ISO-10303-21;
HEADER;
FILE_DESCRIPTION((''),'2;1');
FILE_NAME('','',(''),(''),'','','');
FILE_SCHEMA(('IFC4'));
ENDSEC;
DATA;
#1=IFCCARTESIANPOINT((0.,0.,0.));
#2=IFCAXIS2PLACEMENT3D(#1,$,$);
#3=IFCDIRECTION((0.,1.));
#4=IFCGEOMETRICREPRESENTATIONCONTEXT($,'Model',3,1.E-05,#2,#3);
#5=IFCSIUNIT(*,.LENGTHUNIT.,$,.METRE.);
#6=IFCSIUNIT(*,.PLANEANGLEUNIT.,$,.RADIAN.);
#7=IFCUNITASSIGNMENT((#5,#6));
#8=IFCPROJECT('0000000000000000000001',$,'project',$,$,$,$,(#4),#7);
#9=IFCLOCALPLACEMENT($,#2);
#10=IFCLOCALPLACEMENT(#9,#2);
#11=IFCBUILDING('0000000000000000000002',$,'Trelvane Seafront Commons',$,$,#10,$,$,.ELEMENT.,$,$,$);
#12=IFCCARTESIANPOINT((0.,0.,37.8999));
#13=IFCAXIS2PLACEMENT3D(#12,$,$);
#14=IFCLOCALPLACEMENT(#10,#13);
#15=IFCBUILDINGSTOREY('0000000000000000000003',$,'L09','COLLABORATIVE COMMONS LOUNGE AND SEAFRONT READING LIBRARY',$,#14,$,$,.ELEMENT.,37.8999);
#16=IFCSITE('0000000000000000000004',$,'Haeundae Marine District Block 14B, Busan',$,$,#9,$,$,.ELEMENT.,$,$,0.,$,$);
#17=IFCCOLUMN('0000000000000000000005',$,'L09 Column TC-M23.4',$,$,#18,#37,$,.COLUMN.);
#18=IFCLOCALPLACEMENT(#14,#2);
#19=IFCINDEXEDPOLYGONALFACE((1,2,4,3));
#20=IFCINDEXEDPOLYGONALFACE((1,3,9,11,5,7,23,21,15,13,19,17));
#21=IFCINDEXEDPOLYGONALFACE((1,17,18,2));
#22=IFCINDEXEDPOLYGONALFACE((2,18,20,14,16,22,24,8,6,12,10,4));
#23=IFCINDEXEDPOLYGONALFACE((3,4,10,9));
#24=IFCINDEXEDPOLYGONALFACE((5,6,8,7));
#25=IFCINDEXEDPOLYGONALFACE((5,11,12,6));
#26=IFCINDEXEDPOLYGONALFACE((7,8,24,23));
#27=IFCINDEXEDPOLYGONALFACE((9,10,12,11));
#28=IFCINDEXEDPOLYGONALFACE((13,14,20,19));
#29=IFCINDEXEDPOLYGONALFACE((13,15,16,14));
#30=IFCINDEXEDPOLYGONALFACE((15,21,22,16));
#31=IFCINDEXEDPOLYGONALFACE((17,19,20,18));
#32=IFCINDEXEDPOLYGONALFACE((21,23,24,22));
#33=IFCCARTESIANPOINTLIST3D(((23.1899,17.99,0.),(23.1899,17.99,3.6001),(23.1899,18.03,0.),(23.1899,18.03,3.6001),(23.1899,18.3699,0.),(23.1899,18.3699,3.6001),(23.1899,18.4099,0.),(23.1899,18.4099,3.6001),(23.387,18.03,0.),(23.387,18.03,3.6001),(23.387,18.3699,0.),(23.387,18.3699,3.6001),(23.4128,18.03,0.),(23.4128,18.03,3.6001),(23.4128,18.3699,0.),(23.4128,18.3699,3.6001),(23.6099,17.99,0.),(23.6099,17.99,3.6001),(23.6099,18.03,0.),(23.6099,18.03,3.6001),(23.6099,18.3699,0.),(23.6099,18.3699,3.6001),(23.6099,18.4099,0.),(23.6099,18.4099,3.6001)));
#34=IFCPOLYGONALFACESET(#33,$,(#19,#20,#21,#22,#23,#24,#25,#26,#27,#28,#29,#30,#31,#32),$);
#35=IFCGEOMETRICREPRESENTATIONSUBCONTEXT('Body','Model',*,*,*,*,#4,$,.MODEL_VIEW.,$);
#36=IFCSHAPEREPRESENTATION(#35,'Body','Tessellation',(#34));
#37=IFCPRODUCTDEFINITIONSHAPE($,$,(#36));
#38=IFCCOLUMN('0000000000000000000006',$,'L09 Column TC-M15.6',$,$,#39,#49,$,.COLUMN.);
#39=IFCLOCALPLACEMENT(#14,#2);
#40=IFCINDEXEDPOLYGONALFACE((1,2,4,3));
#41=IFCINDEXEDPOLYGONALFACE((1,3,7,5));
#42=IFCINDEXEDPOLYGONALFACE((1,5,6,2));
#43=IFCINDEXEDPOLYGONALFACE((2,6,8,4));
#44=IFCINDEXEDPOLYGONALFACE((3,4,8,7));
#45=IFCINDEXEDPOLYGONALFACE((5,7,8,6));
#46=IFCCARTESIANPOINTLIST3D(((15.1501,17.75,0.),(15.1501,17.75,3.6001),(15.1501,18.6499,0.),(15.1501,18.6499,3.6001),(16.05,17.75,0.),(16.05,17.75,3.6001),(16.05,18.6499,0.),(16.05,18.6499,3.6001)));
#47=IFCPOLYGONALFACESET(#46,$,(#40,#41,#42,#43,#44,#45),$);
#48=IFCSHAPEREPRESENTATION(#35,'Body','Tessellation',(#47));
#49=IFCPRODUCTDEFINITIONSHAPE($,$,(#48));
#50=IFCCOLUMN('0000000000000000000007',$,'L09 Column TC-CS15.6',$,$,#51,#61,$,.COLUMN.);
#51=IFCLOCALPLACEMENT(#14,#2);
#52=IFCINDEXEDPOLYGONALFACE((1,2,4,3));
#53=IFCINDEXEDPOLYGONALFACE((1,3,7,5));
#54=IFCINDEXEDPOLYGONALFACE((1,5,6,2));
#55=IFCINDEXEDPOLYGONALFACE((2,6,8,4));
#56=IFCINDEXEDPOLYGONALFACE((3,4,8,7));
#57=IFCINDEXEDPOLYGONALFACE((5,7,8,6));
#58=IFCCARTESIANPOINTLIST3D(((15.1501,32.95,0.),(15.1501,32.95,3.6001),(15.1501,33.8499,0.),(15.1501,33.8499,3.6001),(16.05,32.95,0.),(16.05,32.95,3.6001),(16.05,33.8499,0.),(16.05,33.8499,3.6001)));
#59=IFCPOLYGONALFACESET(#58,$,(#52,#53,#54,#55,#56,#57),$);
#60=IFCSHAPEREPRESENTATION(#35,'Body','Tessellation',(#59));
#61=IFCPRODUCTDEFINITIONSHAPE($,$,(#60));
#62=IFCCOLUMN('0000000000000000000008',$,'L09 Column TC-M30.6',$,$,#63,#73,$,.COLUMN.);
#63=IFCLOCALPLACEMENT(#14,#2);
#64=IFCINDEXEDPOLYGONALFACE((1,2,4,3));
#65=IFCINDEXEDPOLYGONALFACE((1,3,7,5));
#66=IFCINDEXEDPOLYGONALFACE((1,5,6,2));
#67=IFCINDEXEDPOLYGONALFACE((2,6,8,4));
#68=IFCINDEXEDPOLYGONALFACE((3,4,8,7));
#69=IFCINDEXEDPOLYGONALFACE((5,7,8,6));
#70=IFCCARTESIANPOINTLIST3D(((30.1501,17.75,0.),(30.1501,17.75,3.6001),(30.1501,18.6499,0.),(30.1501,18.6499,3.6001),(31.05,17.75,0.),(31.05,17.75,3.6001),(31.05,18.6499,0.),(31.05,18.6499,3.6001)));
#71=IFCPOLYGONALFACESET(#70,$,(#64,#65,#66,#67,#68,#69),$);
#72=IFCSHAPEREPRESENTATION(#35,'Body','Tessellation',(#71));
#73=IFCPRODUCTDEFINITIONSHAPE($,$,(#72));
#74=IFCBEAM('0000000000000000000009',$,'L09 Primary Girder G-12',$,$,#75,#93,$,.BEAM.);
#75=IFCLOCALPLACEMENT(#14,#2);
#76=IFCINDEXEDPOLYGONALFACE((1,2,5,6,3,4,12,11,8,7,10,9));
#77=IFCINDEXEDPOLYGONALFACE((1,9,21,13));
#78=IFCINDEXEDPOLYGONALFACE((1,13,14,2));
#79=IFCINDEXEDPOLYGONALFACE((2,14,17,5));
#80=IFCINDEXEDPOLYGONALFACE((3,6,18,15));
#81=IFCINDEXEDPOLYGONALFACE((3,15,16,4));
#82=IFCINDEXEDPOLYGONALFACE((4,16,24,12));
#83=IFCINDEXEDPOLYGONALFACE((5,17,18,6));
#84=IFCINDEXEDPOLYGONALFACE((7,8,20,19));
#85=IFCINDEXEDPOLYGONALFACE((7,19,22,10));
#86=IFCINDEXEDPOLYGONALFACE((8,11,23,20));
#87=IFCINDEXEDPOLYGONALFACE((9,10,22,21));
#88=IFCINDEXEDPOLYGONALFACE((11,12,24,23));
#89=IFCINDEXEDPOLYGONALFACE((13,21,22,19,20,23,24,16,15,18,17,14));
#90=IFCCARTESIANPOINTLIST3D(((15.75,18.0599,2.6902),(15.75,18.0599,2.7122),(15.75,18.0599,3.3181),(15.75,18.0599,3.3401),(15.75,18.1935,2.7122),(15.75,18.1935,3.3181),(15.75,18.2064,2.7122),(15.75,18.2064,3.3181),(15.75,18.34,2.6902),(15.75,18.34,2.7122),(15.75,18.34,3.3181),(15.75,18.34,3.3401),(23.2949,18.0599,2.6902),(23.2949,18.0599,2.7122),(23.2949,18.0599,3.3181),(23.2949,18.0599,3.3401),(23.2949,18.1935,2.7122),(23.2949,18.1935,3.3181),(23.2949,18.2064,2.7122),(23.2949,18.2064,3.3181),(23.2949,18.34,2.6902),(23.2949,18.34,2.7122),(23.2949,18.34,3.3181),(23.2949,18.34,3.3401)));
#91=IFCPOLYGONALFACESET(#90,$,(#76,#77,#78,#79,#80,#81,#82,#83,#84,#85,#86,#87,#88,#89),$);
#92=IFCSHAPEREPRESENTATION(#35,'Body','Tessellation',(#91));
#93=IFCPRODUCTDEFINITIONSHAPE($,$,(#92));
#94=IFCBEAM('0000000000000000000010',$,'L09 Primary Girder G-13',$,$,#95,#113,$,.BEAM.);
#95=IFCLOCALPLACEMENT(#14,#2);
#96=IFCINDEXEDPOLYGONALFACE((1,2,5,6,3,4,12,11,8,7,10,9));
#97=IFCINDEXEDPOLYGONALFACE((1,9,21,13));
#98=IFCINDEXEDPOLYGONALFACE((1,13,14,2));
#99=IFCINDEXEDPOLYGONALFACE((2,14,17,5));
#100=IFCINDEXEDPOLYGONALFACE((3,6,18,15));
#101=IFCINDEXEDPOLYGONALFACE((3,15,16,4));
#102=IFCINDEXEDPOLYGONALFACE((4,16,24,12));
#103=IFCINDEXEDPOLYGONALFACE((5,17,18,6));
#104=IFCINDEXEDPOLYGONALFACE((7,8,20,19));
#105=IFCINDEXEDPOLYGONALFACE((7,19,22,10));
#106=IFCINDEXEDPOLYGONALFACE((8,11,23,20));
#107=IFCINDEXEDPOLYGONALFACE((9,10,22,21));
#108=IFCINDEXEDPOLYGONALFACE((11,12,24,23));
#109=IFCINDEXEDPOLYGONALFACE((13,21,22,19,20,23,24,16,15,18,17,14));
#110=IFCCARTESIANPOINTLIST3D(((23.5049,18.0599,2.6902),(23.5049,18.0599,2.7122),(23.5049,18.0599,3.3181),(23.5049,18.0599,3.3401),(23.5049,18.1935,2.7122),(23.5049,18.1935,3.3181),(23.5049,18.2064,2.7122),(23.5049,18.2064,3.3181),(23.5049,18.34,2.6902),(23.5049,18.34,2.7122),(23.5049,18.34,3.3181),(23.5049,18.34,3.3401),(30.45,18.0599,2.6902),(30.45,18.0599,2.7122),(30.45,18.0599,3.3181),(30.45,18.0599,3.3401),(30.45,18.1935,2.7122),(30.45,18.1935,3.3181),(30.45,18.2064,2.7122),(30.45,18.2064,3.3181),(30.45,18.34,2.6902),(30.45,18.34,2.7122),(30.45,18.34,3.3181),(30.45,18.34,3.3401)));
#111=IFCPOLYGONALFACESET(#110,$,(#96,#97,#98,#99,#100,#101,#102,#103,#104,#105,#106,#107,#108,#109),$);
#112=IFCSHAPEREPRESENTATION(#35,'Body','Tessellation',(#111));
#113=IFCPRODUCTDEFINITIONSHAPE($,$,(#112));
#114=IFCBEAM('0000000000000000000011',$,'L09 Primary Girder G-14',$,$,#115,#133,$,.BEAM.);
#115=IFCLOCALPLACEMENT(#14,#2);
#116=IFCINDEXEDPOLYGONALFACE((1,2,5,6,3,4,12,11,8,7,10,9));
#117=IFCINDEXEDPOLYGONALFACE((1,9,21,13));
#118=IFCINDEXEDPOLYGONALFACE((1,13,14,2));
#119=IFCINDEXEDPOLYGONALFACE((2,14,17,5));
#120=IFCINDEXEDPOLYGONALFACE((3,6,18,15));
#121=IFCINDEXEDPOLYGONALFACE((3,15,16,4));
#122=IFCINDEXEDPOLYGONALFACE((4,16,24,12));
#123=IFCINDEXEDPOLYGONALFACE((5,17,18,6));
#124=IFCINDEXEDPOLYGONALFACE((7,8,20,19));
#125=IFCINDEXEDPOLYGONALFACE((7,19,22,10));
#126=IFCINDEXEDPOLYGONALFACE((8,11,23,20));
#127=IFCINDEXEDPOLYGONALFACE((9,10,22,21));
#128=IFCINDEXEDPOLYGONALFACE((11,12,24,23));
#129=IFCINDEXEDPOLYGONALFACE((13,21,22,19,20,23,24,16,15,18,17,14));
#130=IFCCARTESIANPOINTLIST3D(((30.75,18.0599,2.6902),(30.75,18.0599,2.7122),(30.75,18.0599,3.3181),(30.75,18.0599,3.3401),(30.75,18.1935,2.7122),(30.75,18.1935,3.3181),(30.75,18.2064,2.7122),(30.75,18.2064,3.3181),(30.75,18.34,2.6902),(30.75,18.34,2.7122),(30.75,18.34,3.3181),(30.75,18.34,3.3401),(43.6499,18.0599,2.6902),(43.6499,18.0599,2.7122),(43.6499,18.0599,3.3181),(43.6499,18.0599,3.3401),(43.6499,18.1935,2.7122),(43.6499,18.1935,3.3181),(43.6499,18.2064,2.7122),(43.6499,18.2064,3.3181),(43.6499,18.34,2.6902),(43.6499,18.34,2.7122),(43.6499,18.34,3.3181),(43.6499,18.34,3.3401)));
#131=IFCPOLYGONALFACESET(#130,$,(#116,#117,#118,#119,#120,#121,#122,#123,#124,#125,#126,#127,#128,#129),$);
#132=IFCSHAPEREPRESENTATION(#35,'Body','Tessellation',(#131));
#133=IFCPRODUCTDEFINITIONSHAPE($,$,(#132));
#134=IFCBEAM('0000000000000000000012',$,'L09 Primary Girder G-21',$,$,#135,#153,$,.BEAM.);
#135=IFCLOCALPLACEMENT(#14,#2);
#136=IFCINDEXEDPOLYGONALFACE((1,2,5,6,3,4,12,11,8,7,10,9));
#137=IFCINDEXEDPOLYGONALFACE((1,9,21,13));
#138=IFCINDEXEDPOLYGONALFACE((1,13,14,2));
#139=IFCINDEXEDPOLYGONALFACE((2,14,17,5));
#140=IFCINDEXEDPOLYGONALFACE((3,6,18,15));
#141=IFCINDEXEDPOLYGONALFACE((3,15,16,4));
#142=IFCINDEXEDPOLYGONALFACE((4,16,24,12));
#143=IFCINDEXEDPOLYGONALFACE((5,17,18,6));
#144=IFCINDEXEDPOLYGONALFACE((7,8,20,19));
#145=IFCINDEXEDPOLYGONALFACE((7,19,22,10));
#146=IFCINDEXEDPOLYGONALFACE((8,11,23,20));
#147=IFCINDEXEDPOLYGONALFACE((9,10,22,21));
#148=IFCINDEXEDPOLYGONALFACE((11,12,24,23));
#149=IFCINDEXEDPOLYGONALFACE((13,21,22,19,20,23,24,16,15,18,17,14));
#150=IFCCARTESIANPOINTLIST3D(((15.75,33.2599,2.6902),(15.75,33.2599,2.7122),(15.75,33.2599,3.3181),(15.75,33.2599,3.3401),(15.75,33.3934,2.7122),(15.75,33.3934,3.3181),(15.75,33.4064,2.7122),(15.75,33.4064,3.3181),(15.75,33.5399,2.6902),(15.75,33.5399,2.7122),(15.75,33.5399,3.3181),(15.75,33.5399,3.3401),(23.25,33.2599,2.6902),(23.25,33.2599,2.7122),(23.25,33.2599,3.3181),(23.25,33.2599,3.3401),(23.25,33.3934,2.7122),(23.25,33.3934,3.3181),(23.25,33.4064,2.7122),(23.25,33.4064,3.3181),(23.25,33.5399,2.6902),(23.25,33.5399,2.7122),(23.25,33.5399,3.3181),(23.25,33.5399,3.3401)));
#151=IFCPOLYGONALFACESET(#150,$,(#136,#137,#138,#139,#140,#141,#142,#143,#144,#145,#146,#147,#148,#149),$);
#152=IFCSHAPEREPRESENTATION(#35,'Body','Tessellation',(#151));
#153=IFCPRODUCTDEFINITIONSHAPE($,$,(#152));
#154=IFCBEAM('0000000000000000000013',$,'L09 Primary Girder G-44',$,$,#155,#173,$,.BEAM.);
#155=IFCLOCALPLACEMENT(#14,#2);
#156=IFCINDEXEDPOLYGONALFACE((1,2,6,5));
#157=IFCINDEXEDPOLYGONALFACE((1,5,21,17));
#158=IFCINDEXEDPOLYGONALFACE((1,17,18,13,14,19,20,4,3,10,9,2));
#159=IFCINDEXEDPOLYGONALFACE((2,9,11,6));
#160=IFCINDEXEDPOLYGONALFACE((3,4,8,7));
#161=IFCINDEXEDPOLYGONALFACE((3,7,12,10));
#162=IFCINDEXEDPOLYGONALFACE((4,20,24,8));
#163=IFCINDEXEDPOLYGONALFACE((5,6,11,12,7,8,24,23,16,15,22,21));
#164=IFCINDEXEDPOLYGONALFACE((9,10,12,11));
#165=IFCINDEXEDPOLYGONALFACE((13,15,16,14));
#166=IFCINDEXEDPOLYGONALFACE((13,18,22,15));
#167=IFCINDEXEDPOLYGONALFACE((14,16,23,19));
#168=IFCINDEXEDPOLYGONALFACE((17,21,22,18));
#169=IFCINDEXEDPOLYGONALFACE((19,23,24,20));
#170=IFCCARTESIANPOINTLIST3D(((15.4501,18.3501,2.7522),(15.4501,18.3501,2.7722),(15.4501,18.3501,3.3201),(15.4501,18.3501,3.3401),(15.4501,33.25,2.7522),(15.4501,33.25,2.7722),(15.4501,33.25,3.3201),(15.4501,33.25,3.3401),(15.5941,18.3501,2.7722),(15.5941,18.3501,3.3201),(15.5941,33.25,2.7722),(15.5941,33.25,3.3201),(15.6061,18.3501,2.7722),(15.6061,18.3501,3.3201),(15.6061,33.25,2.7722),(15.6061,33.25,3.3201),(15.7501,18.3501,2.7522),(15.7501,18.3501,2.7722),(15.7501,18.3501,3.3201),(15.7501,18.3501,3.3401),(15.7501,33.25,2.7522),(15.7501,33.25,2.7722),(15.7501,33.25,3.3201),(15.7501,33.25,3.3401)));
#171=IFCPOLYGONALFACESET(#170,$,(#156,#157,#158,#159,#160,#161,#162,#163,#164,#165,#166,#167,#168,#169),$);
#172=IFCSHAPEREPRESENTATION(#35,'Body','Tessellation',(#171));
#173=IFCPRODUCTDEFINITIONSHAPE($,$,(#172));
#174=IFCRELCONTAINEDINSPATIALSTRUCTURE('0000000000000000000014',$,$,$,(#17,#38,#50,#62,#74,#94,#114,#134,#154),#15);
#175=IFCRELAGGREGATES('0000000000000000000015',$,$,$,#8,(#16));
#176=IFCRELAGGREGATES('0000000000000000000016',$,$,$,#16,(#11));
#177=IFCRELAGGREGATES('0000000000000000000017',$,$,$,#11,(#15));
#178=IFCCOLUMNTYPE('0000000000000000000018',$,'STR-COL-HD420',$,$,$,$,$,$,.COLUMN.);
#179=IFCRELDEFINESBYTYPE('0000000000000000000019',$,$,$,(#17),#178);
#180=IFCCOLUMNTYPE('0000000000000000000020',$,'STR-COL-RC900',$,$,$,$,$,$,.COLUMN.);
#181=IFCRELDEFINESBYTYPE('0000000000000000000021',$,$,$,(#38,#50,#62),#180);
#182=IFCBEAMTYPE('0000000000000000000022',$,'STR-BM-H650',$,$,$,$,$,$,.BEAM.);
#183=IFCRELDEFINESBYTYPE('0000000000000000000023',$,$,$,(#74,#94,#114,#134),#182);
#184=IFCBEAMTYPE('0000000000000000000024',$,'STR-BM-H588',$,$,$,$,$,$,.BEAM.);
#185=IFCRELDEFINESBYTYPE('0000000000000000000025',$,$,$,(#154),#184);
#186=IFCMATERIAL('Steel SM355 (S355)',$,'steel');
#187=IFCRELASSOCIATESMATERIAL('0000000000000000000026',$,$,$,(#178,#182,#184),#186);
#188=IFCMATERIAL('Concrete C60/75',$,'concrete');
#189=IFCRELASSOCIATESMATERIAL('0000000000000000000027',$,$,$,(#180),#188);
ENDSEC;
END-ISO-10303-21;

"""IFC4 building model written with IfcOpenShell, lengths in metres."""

from ifc_helpers import new_model, si_unit, direction, frame, origin, origin_2d, place, context, subcontext, project, spatial, rectangle, i_section, extrude, source, transform, mapped, material, material_profile, profile_set, type_object, element, save


model = new_model("IFC4")

# Units and contexts
model_context = context("Model", 3, precision=1e-05, world=origin(), true_north=direction((0.0, 1.0)))
body_context = subcontext(model_context, "Body", "Model", "MODEL_VIEW")
ifc_project = project(units=[si_unit("LENGTHUNIT", "METRE"), si_unit("PLANEANGLEUNIT", "RADIAN")], contexts=[model_context])

# Site, building, storey
site_placement = place(None, origin())
site = spatial("IfcSite", under=ifc_project, at=site_placement, Name="Haeundae Marine District Block 14B, Busan", CompositionType="ELEMENT", RefElevation=0.0)
building_placement = place(site_placement, origin())
building = spatial("IfcBuilding", under=site, at=building_placement, Name="Trelvane Seafront Commons", CompositionType="ELEMENT")
storey_placement = place(building_placement, frame((0.0, 0.0, 37.8999)))
storey = spatial("IfcBuildingStorey", under=building, at=storey_placement, Name="L09", Description="COLLABORATIVE COMMONS LOUNGE AND SEAFRONT READING LIBRARY", CompositionType="ELEMENT", Elevation=37.8999)

# Columns
ifc_material_1 = material(Name="Steel SM355 (S355)", Category="steel")
ifc_material_profile_1 = material_profile(ifc_material_1, i_section(OverallWidth=0.4199, OverallDepth=0.4199, WebThickness=0.0259, FlangeThickness=0.04, at=origin_2d()), Name="HD-420x420x26x40")
ifc_profile_set_1 = profile_set([ifc_material_profile_1], Name="Steel SM355 (S355)")
column_type_1 = type_object("IfcColumnType", Name="STR-COL-HD420", PredefinedType="COLUMN", material=ifc_profile_set_1)
shared_shape_1 = source(origin(), body_context, "Body", "SweptSolid", [
    extrude(i_section(OverallWidth=0.4199, OverallDepth=0.4199, WebThickness=0.0259, FlangeThickness=0.04, at=origin_2d()), origin(), (0.0, 0.0, 1.0), 3.6001),
])
column_placement = place(storey_placement, frame((23.3999, 18.2, 0.0), z_axis=(0.0, 0.0, 1.0), x_axis=(1.0, 0.0, 0.0)))
element("IfcColumn", 1, at=column_placement, inside=storey, type_object=column_type_1, Name="L09 Column TC-M23.4", PredefinedType="COLUMN", context=body_context, shape_type="MappedRepresentation", body=[
    mapped(shared_shape_1, transform((0.0, 0.0, 0.0), x_axis=(1.0, 0.0, 0.0), y_axis=(0.0, 1.0, 0.0), z_axis=(0.0, 0.0, 1.0), scale=1.0)),
])
ifc_material_2 = material(Name="Concrete C60/75", Category="concrete")
ifc_material_profile_2 = material_profile(ifc_material_2, rectangle(XDim=0.8999, YDim=0.8999, at=origin_2d()), Name="RC-900x900")
ifc_profile_set_2 = profile_set([ifc_material_profile_2], Name="Concrete C60/75")
column_type_2 = type_object("IfcColumnType", Name="STR-COL-RC900", PredefinedType="COLUMN", material=ifc_profile_set_2)
shared_shape_2 = source(origin(), body_context, "Body", "SweptSolid", [
    extrude(rectangle(XDim=0.8999, YDim=0.8999, at=origin_2d()), origin(), (0.0, 0.0, 1.0), 3.6001),
])
for number, where, z_axis, x_axis, name in (
    (2, (15.6001, 18.2, 0.0), (0.0, 0.0, 1.0), (1.0, 0.0, 0.0), "L09 Column TC-M15.6"),
    (3, (15.6001, 33.3999, 0.0), (0.0, 0.0, 1.0), (1.0, 0.0, 0.0), "L09 Column TC-CS15.6"),
    (4, (30.6001, 18.2, 0.0), (0.0, 0.0, 1.0), (1.0, 0.0, 0.0), "L09 Column TC-M30.6"),
):
    element("IfcColumn", number, at=place(storey_placement, frame(where, z_axis=z_axis, x_axis=x_axis)), inside=storey, type_object=column_type_2, Name=name, PredefinedType="COLUMN", context=body_context, shape_type="MappedRepresentation", body=[
        mapped(shared_shape_2, transform((0.0, 0.0, 0.0), x_axis=(1.0, 0.0, 0.0), y_axis=(0.0, 1.0, 0.0), z_axis=(0.0, 0.0, 1.0), scale=1.0)),
    ])

# Beams
ifc_material_profile_3 = material_profile(ifc_material_1, i_section(OverallWidth=0.28, OverallDepth=0.6499, WebThickness=0.0129, FlangeThickness=0.022, at=origin_2d()), Name="H-650x280x13x22")
ifc_profile_set_3 = profile_set([ifc_material_profile_3], Name="Steel SM355 (S355)")
beam_type_1 = type_object("IfcBeamType", Name="STR-BM-H650", PredefinedType="BEAM", material=ifc_profile_set_3)
shared_shape_3 = source(origin(), body_context, "Body", "SweptSolid", [
    extrude(i_section(OverallWidth=0.28, OverallDepth=0.6499, WebThickness=0.0129, FlangeThickness=0.022, at=origin_2d()), origin(), (0.0, 0.0, 1.0), 7.5449),
])
beam_1_placement = place(storey_placement, frame((15.75, 18.2, 3.0151), z_axis=(1.0, 0.0, 0.0), x_axis=(0.0, 1.0, 0.0)))
element("IfcBeam", 5, at=beam_1_placement, inside=storey, type_object=beam_type_1, Name="L09 Primary Girder G-12", PredefinedType="BEAM", context=body_context, shape_type="MappedRepresentation", body=[
    mapped(shared_shape_3, transform((0.0, 0.0, 0.0), x_axis=(1.0, 0.0, 0.0), y_axis=(0.0, 1.0, 0.0), z_axis=(0.0, 0.0, 1.0), scale=1.0)),
])
shared_shape_4 = source(origin(), body_context, "Body", "SweptSolid", [
    extrude(i_section(OverallWidth=0.28, OverallDepth=0.6499, WebThickness=0.0129, FlangeThickness=0.022, at=origin_2d()), origin(), (0.0, 0.0, 1.0), 6.9451),
])
beam_2_placement = place(storey_placement, frame((23.5049, 18.2, 3.0151), z_axis=(1.0, 0.0, 0.0), x_axis=(0.0, 1.0, 0.0)))
element("IfcBeam", 6, at=beam_2_placement, inside=storey, type_object=beam_type_1, Name="L09 Primary Girder G-13", PredefinedType="BEAM", context=body_context, shape_type="MappedRepresentation", body=[
    mapped(shared_shape_4, transform((0.0, 0.0, 0.0), x_axis=(1.0, 0.0, 0.0), y_axis=(0.0, 1.0, 0.0), z_axis=(0.0, 0.0, 1.0), scale=1.0)),
])
shared_shape_5 = source(origin(), body_context, "Body", "SweptSolid", [
    extrude(i_section(OverallWidth=0.28, OverallDepth=0.6499, WebThickness=0.0129, FlangeThickness=0.022, at=origin_2d()), origin(), (0.0, 0.0, 1.0), 12.8999),
])
beam_3_placement = place(storey_placement, frame((30.75, 18.2, 3.0151), z_axis=(1.0, 0.0, 0.0), x_axis=(0.0, 1.0, 0.0)))
element("IfcBeam", 7, at=beam_3_placement, inside=storey, type_object=beam_type_1, Name="L09 Primary Girder G-14", PredefinedType="BEAM", context=body_context, shape_type="MappedRepresentation", body=[
    mapped(shared_shape_5, transform((0.0, 0.0, 0.0), x_axis=(1.0, 0.0, 0.0), y_axis=(0.0, 1.0, 0.0), z_axis=(0.0, 0.0, 1.0), scale=1.0)),
])
shared_shape_6 = source(origin(), body_context, "Body", "SweptSolid", [
    extrude(i_section(OverallWidth=0.28, OverallDepth=0.6499, WebThickness=0.0129, FlangeThickness=0.022, at=origin_2d()), origin(), (0.0, 0.0, 1.0), 7.5),
])
beam_4_placement = place(storey_placement, frame((15.75, 33.3999, 3.0151), z_axis=(1.0, 0.0, 0.0), x_axis=(0.0, 1.0, 0.0)))
element("IfcBeam", 8, at=beam_4_placement, inside=storey, type_object=beam_type_1, Name="L09 Primary Girder G-21", PredefinedType="BEAM", context=body_context, shape_type="MappedRepresentation", body=[
    mapped(shared_shape_6, transform((0.0, 0.0, 0.0), x_axis=(1.0, 0.0, 0.0), y_axis=(0.0, 1.0, 0.0), z_axis=(0.0, 0.0, 1.0), scale=1.0)),
])
ifc_material_profile_4 = material_profile(ifc_material_1, i_section(OverallWidth=0.3, OverallDepth=0.5879, WebThickness=0.012, FlangeThickness=0.02, at=origin_2d()), Name="H-588x300x12x20")
ifc_profile_set_4 = profile_set([ifc_material_profile_4], Name="Steel SM355 (S355)")
beam_type_2 = type_object("IfcBeamType", Name="STR-BM-H588", PredefinedType="BEAM", material=ifc_profile_set_4)
shared_shape_7 = source(origin(), body_context, "Body", "SweptSolid", [
    extrude(i_section(OverallWidth=0.3, OverallDepth=0.5879, WebThickness=0.012, FlangeThickness=0.02, at=origin_2d()), origin(), (0.0, 0.0, 1.0), 14.8999),
])
for number, where, z_axis, x_axis, name in (
    (9, (15.6001, 18.3501, 3.0461), (0.0, 1.0, 0.0), (-1.0, 0.0, 0.0), "L09 Primary Girder G-44"),
):
    element("IfcBeam", number, at=place(storey_placement, frame(where, z_axis=z_axis, x_axis=x_axis)), inside=storey, type_object=beam_type_2, Name=name, PredefinedType="BEAM", context=body_context, shape_type="MappedRepresentation", body=[
        mapped(shared_shape_7, transform((0.0, 0.0, 0.0), x_axis=(1.0, 0.0, 0.0), y_axis=(0.0, 1.0, 0.0), z_axis=(0.0, 0.0, 1.0), scale=1.0)),
    ])

save(model, "model.ifc")
